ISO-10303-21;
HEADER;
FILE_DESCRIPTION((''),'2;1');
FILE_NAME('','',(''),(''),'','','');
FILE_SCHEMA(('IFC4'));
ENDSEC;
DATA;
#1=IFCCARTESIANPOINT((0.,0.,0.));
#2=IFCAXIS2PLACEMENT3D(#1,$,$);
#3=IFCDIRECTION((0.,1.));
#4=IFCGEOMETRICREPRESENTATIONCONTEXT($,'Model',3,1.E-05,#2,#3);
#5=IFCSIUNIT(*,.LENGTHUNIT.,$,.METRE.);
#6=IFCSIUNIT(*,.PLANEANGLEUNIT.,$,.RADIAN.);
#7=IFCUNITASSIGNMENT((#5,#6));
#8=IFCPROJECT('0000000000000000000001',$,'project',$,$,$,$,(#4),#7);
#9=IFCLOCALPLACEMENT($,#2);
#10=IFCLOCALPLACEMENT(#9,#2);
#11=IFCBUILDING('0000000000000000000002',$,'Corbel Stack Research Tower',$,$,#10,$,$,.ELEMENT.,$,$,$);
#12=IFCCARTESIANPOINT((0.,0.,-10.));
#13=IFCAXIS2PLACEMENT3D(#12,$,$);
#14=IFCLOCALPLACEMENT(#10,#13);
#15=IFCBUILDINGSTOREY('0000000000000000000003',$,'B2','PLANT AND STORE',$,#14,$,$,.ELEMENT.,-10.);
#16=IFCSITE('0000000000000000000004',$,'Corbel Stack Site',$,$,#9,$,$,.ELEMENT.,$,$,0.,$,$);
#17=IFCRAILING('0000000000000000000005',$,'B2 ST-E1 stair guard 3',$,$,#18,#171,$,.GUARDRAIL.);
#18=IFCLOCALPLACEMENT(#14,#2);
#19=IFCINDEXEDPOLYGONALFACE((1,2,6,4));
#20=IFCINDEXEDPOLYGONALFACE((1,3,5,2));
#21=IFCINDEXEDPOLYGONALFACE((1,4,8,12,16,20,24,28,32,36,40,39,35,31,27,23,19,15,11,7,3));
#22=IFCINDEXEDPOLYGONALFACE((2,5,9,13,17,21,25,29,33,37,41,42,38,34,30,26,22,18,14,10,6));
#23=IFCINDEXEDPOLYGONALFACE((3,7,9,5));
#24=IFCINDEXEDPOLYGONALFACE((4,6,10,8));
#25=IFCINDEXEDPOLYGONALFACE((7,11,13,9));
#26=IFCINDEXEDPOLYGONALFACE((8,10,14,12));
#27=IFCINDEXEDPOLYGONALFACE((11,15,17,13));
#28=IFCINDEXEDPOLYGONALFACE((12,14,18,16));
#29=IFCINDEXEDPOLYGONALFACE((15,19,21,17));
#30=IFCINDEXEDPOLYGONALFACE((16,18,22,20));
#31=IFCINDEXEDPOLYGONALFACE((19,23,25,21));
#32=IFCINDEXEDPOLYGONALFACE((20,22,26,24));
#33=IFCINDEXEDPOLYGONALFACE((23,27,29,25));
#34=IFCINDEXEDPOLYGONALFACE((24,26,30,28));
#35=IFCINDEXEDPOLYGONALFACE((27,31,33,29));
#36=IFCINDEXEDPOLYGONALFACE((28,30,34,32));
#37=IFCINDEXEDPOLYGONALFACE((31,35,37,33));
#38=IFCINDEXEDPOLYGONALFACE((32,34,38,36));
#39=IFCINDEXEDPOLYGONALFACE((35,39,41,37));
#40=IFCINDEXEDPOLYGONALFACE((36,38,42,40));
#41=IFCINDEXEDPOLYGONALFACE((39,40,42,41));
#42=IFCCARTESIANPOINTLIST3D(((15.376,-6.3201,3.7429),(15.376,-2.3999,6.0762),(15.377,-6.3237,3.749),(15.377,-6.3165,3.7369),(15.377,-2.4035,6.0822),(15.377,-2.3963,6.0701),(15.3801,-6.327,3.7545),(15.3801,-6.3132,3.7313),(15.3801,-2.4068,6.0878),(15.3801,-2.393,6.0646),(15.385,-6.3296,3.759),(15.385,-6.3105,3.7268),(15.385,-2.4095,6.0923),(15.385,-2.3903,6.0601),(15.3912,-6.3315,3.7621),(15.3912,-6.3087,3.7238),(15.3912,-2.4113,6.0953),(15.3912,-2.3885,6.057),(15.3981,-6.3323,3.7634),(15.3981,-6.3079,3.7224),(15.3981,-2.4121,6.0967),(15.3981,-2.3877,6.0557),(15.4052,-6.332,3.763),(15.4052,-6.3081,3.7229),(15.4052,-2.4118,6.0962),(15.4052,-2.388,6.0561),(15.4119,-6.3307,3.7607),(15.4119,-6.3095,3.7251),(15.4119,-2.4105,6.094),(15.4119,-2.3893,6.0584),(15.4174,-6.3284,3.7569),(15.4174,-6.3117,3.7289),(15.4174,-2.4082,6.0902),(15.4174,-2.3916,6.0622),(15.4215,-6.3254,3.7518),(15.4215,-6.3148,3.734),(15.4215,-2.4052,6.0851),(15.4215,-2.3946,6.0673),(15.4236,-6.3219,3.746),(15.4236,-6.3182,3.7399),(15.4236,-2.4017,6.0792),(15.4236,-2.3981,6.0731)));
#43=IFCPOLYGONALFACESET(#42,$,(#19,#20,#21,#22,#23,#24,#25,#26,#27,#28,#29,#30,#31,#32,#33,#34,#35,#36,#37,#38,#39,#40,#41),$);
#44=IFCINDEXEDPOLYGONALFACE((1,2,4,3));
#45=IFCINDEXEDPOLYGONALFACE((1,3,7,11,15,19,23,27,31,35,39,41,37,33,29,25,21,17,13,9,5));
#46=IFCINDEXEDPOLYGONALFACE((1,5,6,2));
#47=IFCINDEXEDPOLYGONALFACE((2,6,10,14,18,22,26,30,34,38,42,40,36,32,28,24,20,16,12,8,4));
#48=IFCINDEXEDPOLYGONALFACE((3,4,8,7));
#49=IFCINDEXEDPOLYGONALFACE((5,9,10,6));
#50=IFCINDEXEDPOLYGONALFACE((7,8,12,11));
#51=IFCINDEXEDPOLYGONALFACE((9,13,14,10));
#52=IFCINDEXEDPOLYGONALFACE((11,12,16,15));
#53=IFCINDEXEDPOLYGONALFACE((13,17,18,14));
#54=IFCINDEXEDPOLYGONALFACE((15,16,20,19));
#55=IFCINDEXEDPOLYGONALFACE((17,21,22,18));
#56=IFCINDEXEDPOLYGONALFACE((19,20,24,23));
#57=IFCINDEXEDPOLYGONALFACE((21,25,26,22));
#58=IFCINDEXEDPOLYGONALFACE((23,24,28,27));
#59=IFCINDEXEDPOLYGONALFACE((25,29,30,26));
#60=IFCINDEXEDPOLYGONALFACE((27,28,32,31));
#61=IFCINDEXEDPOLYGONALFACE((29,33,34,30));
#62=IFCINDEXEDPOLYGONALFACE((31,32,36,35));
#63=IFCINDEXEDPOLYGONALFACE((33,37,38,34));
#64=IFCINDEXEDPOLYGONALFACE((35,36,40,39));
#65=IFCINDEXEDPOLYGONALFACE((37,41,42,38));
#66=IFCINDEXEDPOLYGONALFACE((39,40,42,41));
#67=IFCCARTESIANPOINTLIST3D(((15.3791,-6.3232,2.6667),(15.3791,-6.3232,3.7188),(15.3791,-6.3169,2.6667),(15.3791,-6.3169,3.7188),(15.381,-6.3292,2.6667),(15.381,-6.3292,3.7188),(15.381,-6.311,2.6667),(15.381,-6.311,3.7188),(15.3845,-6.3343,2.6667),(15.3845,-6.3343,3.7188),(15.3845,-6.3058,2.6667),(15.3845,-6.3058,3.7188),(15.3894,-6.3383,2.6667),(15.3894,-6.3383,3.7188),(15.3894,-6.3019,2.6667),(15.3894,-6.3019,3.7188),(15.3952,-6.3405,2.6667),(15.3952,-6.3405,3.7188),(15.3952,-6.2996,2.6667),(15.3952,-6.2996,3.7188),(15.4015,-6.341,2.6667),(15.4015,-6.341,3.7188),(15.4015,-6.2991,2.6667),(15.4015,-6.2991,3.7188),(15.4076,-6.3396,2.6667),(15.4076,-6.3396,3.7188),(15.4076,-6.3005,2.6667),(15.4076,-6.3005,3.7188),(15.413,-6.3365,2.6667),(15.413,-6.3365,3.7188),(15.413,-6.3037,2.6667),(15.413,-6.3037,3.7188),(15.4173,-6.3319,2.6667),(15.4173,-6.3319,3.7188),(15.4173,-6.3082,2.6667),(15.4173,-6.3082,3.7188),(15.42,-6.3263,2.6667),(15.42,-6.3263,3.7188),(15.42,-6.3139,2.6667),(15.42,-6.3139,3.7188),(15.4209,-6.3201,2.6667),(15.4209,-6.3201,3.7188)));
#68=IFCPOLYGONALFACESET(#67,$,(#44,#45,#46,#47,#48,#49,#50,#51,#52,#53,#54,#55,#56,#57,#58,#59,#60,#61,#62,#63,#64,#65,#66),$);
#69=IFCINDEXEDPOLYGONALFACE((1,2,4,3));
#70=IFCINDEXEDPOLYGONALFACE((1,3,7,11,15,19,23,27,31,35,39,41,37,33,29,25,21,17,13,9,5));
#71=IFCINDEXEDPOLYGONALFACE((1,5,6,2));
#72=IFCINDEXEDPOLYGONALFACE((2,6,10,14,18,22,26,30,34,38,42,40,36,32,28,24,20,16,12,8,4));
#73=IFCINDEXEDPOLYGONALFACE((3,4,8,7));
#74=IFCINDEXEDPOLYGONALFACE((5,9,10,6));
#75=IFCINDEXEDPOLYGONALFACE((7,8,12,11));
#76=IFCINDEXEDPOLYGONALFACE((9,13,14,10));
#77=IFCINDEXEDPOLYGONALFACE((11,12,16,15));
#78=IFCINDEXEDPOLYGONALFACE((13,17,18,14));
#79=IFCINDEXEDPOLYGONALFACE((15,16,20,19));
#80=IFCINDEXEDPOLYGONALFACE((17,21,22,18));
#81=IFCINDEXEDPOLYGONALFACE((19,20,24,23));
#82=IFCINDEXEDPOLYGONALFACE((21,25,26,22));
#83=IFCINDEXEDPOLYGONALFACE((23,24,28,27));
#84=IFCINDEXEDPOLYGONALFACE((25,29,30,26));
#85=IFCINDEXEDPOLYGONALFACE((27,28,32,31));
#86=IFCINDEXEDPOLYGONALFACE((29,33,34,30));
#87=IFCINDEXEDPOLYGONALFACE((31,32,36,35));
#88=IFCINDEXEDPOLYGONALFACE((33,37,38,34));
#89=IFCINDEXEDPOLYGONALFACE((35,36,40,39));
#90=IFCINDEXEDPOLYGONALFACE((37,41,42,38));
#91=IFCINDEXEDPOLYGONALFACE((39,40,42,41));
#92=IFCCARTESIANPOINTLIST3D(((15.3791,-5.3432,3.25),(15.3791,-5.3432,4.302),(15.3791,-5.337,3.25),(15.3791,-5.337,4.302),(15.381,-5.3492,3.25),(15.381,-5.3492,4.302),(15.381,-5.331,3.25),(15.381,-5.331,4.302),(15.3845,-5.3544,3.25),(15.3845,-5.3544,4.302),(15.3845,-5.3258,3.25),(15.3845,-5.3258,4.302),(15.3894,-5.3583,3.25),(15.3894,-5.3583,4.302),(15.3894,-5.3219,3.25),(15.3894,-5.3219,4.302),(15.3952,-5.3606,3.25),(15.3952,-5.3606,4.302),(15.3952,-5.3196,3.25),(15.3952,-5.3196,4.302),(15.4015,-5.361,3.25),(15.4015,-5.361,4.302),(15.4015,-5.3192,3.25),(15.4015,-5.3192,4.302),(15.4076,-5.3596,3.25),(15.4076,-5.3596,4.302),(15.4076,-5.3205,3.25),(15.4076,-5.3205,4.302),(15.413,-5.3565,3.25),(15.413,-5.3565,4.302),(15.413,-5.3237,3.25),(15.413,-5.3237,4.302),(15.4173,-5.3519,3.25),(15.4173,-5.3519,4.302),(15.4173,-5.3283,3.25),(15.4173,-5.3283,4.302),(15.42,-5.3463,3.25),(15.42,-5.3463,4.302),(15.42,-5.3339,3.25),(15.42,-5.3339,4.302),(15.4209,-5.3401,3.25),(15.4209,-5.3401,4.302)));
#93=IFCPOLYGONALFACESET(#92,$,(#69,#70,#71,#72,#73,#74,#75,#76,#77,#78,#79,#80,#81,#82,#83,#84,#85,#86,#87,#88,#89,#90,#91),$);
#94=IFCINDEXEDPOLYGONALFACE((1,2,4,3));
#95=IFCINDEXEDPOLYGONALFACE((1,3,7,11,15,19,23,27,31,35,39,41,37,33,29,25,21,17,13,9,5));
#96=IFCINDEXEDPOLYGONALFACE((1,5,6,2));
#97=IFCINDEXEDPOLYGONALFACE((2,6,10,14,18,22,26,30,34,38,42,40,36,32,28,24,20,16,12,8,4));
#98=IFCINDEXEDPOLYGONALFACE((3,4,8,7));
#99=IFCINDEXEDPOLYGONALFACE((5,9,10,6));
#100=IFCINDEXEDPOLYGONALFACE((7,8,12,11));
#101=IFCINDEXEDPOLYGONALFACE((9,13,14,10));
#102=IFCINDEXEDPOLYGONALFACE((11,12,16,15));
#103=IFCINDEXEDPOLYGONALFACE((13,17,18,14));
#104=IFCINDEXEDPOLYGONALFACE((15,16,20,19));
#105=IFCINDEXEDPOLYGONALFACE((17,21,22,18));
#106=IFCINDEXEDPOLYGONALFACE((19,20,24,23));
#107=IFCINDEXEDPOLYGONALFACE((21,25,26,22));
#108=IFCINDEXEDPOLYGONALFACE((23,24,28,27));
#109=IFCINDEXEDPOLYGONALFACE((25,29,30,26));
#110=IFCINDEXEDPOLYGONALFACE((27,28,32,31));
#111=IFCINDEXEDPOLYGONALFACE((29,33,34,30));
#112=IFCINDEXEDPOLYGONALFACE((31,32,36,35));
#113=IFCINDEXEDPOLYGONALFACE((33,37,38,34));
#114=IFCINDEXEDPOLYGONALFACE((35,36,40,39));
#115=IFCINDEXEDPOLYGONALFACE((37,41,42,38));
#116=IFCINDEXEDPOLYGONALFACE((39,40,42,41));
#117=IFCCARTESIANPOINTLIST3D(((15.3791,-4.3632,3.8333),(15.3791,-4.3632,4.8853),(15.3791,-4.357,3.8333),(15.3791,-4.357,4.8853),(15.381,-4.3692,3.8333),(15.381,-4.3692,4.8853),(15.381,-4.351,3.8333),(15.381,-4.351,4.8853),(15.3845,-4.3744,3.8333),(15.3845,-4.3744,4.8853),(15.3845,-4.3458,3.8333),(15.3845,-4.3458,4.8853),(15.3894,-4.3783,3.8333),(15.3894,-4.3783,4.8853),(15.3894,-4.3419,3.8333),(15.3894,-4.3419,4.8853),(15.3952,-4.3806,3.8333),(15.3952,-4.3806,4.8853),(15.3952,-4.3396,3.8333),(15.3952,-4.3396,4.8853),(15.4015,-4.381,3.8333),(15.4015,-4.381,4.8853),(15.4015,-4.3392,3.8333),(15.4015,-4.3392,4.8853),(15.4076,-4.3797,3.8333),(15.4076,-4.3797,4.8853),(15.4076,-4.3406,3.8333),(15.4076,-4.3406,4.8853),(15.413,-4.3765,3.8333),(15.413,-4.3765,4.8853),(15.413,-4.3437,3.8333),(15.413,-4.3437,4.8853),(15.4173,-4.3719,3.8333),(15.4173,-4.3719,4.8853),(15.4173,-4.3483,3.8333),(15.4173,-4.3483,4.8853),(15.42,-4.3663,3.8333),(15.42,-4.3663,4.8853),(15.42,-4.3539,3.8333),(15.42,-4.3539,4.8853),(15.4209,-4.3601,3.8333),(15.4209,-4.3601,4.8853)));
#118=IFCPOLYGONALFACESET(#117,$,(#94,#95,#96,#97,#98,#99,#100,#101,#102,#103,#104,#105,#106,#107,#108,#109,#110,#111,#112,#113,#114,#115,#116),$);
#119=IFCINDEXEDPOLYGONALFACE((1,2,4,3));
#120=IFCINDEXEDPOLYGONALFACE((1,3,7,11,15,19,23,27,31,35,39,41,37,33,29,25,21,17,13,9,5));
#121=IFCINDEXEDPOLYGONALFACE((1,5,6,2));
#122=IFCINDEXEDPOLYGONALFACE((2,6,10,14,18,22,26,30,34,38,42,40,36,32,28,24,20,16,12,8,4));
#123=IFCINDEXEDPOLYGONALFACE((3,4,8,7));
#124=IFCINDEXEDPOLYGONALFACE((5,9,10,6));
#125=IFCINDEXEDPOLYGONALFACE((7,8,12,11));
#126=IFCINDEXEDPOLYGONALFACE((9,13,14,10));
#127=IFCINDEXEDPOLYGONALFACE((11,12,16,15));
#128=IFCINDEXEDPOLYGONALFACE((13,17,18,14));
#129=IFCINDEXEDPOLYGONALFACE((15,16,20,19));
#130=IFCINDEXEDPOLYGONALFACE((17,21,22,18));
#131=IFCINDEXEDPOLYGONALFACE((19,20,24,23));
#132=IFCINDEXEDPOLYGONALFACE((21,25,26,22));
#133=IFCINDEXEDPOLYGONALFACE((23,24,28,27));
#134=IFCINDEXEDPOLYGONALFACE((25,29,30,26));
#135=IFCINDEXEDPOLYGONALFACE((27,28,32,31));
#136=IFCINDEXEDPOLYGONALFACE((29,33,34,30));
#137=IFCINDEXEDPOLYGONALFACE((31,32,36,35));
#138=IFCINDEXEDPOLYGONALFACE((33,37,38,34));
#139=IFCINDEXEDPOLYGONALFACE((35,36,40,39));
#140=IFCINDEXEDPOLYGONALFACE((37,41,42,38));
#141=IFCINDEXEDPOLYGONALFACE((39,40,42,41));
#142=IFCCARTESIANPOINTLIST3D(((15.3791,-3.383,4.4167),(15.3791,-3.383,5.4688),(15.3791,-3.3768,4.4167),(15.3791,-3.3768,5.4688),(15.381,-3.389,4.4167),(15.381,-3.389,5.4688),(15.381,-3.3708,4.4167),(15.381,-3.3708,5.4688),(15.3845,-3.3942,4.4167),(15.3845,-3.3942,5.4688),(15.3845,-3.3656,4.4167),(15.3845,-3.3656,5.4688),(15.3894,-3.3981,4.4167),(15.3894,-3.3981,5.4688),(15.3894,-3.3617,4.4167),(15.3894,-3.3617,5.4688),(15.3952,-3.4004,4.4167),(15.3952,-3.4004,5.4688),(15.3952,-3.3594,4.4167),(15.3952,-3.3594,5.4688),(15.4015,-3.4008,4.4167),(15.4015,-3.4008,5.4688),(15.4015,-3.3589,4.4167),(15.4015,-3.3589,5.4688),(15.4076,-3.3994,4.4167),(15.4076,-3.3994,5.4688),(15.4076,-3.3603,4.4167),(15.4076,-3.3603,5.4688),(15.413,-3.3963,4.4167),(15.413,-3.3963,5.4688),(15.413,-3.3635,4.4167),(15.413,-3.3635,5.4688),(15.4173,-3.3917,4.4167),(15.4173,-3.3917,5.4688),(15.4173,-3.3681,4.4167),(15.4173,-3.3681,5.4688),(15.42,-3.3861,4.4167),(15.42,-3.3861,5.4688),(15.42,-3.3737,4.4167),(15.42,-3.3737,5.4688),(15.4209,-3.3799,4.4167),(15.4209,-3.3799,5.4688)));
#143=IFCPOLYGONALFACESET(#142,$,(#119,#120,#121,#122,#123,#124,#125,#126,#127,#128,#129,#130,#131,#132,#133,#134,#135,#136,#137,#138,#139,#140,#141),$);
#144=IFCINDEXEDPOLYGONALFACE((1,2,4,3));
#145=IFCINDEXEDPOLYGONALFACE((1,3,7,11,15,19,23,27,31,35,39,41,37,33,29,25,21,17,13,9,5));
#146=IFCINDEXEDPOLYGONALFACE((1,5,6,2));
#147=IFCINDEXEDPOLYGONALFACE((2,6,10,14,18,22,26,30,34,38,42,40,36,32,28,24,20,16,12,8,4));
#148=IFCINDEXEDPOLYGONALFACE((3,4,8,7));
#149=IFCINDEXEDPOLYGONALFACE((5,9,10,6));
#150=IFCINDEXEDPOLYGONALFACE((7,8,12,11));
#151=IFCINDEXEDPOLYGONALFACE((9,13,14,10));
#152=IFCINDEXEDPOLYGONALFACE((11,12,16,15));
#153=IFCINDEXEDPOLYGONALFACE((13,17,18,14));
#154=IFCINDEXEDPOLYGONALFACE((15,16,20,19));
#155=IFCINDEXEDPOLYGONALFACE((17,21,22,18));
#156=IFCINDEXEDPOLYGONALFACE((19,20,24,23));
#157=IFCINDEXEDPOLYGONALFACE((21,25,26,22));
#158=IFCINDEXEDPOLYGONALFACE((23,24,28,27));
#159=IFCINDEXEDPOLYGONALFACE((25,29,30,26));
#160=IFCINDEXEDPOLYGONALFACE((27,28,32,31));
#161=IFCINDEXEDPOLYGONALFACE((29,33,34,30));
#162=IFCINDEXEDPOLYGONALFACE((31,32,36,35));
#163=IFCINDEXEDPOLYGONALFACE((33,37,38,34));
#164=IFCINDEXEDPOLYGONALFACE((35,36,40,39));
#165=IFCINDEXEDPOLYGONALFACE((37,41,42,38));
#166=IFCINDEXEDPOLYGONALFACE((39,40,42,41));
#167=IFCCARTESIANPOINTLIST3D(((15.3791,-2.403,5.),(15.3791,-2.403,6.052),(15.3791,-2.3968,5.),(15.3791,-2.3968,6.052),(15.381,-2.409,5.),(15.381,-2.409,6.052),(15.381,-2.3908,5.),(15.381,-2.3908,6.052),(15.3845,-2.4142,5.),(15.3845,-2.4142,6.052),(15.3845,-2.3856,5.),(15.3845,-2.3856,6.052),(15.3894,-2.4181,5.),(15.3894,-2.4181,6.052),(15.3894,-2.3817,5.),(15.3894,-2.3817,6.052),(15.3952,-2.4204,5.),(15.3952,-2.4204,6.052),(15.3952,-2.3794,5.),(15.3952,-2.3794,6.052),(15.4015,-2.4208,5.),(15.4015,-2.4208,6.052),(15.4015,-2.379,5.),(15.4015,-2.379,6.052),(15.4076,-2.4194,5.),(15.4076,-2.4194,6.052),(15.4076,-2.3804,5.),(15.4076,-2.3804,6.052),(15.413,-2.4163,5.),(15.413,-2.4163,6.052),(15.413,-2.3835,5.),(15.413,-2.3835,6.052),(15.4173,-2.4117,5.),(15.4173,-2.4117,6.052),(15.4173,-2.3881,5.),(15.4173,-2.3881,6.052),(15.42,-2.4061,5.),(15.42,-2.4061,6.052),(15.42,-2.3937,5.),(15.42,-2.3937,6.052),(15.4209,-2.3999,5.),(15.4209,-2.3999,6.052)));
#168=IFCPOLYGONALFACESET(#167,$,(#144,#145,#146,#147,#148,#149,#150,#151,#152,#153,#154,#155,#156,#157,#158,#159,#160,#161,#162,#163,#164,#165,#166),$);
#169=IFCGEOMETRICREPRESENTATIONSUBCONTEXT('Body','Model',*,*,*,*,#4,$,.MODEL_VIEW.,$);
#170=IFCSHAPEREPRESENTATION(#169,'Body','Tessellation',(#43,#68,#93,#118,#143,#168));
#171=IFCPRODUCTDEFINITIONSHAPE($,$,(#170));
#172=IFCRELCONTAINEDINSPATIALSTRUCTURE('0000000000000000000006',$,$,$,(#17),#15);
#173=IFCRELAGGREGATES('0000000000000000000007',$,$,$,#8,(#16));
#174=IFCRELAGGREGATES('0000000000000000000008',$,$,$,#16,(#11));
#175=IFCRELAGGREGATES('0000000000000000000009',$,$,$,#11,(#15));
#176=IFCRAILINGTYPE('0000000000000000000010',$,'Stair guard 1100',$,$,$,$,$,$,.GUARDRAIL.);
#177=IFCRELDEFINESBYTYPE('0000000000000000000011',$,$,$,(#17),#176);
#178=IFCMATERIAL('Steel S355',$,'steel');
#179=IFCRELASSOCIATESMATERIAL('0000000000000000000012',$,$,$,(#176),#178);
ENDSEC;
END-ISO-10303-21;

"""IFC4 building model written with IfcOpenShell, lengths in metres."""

from ifc_helpers import new_model, si_unit, direction, frame, origin, origin_2d, place, context, subcontext, project, spatial, circle, extrude, material, type_object, element, save


model = new_model("IFC4")

# Units and contexts
model_context = context("Model", 3, precision=1e-05, world=origin(), true_north=direction((0.0, 1.0)))
body_context = subcontext(model_context, "Body", "Model", "MODEL_VIEW")
ifc_project = project(units=[si_unit("LENGTHUNIT", "METRE"), si_unit("PLANEANGLEUNIT", "RADIAN")], contexts=[model_context])

# Site, building, storey
site_placement = place(None, origin())
site = spatial("IfcSite", under=ifc_project, at=site_placement, Name="Corbel Stack Site", CompositionType="ELEMENT", RefElevation=0.0)
building_placement = place(site_placement, origin())
building = spatial("IfcBuilding", under=site, at=building_placement, Name="Corbel Stack Research Tower", CompositionType="ELEMENT")
storey_placement = place(building_placement, frame((0.0, 0.0, -10.0)))
storey = spatial("IfcBuildingStorey", under=building, at=storey_placement, Name="B2", Description="PLANT AND STORE", CompositionType="ELEMENT", Elevation=-10.0)

# Railing
ifc_material_1 = material(Name="Steel S355", Category="steel")
railing_type_1 = type_object("IfcRailingType", Name="Stair guard 1100", PredefinedType="GUARDRAIL", material=ifc_material_1)
railing_1_placement = place(storey_placement, frame((15.3999, -6.3201, 2.6667)))
element("IfcRailing", 1, at=railing_1_placement, inside=storey, type_object=railing_type_1, Name="B2 ST-E1 stair guard 3", PredefinedType="GUARDRAIL", context=body_context, shape_type="SweptSolid", body=[
    extrude(circle(Radius=0.0239, at=origin_2d()), frame((0.0, 0.0, 1.0762), z_axis=(0.0, 0.85931, 0.511455), x_axis=(-1.0, 0.0, 0.0)), (0.0, 0.0, 1.0), 4.562),
    extrude(circle(Radius=0.021, at=origin_2d()), origin(), (0.0, 0.0, 1.0), 1.052),
    extrude(circle(Radius=0.021, at=origin_2d()), frame((0.0, 0.98, 0.5833)), (0.0, 0.0, 1.0), 1.052),
    extrude(circle(Radius=0.021, at=origin_2d()), frame((0.0, 1.96, 1.1665)), (0.0, 0.0, 1.0), 1.052),
    extrude(circle(Radius=0.021, at=origin_2d()), frame((0.0, 2.9402, 1.75)), (0.0, 0.0, 1.0), 1.052),
    extrude(circle(Radius=0.021, at=origin_2d()), frame((0.0, 3.9202, 2.3333)), (0.0, 0.0, 1.0), 1.052),
])

save(model, "model.ifc")
